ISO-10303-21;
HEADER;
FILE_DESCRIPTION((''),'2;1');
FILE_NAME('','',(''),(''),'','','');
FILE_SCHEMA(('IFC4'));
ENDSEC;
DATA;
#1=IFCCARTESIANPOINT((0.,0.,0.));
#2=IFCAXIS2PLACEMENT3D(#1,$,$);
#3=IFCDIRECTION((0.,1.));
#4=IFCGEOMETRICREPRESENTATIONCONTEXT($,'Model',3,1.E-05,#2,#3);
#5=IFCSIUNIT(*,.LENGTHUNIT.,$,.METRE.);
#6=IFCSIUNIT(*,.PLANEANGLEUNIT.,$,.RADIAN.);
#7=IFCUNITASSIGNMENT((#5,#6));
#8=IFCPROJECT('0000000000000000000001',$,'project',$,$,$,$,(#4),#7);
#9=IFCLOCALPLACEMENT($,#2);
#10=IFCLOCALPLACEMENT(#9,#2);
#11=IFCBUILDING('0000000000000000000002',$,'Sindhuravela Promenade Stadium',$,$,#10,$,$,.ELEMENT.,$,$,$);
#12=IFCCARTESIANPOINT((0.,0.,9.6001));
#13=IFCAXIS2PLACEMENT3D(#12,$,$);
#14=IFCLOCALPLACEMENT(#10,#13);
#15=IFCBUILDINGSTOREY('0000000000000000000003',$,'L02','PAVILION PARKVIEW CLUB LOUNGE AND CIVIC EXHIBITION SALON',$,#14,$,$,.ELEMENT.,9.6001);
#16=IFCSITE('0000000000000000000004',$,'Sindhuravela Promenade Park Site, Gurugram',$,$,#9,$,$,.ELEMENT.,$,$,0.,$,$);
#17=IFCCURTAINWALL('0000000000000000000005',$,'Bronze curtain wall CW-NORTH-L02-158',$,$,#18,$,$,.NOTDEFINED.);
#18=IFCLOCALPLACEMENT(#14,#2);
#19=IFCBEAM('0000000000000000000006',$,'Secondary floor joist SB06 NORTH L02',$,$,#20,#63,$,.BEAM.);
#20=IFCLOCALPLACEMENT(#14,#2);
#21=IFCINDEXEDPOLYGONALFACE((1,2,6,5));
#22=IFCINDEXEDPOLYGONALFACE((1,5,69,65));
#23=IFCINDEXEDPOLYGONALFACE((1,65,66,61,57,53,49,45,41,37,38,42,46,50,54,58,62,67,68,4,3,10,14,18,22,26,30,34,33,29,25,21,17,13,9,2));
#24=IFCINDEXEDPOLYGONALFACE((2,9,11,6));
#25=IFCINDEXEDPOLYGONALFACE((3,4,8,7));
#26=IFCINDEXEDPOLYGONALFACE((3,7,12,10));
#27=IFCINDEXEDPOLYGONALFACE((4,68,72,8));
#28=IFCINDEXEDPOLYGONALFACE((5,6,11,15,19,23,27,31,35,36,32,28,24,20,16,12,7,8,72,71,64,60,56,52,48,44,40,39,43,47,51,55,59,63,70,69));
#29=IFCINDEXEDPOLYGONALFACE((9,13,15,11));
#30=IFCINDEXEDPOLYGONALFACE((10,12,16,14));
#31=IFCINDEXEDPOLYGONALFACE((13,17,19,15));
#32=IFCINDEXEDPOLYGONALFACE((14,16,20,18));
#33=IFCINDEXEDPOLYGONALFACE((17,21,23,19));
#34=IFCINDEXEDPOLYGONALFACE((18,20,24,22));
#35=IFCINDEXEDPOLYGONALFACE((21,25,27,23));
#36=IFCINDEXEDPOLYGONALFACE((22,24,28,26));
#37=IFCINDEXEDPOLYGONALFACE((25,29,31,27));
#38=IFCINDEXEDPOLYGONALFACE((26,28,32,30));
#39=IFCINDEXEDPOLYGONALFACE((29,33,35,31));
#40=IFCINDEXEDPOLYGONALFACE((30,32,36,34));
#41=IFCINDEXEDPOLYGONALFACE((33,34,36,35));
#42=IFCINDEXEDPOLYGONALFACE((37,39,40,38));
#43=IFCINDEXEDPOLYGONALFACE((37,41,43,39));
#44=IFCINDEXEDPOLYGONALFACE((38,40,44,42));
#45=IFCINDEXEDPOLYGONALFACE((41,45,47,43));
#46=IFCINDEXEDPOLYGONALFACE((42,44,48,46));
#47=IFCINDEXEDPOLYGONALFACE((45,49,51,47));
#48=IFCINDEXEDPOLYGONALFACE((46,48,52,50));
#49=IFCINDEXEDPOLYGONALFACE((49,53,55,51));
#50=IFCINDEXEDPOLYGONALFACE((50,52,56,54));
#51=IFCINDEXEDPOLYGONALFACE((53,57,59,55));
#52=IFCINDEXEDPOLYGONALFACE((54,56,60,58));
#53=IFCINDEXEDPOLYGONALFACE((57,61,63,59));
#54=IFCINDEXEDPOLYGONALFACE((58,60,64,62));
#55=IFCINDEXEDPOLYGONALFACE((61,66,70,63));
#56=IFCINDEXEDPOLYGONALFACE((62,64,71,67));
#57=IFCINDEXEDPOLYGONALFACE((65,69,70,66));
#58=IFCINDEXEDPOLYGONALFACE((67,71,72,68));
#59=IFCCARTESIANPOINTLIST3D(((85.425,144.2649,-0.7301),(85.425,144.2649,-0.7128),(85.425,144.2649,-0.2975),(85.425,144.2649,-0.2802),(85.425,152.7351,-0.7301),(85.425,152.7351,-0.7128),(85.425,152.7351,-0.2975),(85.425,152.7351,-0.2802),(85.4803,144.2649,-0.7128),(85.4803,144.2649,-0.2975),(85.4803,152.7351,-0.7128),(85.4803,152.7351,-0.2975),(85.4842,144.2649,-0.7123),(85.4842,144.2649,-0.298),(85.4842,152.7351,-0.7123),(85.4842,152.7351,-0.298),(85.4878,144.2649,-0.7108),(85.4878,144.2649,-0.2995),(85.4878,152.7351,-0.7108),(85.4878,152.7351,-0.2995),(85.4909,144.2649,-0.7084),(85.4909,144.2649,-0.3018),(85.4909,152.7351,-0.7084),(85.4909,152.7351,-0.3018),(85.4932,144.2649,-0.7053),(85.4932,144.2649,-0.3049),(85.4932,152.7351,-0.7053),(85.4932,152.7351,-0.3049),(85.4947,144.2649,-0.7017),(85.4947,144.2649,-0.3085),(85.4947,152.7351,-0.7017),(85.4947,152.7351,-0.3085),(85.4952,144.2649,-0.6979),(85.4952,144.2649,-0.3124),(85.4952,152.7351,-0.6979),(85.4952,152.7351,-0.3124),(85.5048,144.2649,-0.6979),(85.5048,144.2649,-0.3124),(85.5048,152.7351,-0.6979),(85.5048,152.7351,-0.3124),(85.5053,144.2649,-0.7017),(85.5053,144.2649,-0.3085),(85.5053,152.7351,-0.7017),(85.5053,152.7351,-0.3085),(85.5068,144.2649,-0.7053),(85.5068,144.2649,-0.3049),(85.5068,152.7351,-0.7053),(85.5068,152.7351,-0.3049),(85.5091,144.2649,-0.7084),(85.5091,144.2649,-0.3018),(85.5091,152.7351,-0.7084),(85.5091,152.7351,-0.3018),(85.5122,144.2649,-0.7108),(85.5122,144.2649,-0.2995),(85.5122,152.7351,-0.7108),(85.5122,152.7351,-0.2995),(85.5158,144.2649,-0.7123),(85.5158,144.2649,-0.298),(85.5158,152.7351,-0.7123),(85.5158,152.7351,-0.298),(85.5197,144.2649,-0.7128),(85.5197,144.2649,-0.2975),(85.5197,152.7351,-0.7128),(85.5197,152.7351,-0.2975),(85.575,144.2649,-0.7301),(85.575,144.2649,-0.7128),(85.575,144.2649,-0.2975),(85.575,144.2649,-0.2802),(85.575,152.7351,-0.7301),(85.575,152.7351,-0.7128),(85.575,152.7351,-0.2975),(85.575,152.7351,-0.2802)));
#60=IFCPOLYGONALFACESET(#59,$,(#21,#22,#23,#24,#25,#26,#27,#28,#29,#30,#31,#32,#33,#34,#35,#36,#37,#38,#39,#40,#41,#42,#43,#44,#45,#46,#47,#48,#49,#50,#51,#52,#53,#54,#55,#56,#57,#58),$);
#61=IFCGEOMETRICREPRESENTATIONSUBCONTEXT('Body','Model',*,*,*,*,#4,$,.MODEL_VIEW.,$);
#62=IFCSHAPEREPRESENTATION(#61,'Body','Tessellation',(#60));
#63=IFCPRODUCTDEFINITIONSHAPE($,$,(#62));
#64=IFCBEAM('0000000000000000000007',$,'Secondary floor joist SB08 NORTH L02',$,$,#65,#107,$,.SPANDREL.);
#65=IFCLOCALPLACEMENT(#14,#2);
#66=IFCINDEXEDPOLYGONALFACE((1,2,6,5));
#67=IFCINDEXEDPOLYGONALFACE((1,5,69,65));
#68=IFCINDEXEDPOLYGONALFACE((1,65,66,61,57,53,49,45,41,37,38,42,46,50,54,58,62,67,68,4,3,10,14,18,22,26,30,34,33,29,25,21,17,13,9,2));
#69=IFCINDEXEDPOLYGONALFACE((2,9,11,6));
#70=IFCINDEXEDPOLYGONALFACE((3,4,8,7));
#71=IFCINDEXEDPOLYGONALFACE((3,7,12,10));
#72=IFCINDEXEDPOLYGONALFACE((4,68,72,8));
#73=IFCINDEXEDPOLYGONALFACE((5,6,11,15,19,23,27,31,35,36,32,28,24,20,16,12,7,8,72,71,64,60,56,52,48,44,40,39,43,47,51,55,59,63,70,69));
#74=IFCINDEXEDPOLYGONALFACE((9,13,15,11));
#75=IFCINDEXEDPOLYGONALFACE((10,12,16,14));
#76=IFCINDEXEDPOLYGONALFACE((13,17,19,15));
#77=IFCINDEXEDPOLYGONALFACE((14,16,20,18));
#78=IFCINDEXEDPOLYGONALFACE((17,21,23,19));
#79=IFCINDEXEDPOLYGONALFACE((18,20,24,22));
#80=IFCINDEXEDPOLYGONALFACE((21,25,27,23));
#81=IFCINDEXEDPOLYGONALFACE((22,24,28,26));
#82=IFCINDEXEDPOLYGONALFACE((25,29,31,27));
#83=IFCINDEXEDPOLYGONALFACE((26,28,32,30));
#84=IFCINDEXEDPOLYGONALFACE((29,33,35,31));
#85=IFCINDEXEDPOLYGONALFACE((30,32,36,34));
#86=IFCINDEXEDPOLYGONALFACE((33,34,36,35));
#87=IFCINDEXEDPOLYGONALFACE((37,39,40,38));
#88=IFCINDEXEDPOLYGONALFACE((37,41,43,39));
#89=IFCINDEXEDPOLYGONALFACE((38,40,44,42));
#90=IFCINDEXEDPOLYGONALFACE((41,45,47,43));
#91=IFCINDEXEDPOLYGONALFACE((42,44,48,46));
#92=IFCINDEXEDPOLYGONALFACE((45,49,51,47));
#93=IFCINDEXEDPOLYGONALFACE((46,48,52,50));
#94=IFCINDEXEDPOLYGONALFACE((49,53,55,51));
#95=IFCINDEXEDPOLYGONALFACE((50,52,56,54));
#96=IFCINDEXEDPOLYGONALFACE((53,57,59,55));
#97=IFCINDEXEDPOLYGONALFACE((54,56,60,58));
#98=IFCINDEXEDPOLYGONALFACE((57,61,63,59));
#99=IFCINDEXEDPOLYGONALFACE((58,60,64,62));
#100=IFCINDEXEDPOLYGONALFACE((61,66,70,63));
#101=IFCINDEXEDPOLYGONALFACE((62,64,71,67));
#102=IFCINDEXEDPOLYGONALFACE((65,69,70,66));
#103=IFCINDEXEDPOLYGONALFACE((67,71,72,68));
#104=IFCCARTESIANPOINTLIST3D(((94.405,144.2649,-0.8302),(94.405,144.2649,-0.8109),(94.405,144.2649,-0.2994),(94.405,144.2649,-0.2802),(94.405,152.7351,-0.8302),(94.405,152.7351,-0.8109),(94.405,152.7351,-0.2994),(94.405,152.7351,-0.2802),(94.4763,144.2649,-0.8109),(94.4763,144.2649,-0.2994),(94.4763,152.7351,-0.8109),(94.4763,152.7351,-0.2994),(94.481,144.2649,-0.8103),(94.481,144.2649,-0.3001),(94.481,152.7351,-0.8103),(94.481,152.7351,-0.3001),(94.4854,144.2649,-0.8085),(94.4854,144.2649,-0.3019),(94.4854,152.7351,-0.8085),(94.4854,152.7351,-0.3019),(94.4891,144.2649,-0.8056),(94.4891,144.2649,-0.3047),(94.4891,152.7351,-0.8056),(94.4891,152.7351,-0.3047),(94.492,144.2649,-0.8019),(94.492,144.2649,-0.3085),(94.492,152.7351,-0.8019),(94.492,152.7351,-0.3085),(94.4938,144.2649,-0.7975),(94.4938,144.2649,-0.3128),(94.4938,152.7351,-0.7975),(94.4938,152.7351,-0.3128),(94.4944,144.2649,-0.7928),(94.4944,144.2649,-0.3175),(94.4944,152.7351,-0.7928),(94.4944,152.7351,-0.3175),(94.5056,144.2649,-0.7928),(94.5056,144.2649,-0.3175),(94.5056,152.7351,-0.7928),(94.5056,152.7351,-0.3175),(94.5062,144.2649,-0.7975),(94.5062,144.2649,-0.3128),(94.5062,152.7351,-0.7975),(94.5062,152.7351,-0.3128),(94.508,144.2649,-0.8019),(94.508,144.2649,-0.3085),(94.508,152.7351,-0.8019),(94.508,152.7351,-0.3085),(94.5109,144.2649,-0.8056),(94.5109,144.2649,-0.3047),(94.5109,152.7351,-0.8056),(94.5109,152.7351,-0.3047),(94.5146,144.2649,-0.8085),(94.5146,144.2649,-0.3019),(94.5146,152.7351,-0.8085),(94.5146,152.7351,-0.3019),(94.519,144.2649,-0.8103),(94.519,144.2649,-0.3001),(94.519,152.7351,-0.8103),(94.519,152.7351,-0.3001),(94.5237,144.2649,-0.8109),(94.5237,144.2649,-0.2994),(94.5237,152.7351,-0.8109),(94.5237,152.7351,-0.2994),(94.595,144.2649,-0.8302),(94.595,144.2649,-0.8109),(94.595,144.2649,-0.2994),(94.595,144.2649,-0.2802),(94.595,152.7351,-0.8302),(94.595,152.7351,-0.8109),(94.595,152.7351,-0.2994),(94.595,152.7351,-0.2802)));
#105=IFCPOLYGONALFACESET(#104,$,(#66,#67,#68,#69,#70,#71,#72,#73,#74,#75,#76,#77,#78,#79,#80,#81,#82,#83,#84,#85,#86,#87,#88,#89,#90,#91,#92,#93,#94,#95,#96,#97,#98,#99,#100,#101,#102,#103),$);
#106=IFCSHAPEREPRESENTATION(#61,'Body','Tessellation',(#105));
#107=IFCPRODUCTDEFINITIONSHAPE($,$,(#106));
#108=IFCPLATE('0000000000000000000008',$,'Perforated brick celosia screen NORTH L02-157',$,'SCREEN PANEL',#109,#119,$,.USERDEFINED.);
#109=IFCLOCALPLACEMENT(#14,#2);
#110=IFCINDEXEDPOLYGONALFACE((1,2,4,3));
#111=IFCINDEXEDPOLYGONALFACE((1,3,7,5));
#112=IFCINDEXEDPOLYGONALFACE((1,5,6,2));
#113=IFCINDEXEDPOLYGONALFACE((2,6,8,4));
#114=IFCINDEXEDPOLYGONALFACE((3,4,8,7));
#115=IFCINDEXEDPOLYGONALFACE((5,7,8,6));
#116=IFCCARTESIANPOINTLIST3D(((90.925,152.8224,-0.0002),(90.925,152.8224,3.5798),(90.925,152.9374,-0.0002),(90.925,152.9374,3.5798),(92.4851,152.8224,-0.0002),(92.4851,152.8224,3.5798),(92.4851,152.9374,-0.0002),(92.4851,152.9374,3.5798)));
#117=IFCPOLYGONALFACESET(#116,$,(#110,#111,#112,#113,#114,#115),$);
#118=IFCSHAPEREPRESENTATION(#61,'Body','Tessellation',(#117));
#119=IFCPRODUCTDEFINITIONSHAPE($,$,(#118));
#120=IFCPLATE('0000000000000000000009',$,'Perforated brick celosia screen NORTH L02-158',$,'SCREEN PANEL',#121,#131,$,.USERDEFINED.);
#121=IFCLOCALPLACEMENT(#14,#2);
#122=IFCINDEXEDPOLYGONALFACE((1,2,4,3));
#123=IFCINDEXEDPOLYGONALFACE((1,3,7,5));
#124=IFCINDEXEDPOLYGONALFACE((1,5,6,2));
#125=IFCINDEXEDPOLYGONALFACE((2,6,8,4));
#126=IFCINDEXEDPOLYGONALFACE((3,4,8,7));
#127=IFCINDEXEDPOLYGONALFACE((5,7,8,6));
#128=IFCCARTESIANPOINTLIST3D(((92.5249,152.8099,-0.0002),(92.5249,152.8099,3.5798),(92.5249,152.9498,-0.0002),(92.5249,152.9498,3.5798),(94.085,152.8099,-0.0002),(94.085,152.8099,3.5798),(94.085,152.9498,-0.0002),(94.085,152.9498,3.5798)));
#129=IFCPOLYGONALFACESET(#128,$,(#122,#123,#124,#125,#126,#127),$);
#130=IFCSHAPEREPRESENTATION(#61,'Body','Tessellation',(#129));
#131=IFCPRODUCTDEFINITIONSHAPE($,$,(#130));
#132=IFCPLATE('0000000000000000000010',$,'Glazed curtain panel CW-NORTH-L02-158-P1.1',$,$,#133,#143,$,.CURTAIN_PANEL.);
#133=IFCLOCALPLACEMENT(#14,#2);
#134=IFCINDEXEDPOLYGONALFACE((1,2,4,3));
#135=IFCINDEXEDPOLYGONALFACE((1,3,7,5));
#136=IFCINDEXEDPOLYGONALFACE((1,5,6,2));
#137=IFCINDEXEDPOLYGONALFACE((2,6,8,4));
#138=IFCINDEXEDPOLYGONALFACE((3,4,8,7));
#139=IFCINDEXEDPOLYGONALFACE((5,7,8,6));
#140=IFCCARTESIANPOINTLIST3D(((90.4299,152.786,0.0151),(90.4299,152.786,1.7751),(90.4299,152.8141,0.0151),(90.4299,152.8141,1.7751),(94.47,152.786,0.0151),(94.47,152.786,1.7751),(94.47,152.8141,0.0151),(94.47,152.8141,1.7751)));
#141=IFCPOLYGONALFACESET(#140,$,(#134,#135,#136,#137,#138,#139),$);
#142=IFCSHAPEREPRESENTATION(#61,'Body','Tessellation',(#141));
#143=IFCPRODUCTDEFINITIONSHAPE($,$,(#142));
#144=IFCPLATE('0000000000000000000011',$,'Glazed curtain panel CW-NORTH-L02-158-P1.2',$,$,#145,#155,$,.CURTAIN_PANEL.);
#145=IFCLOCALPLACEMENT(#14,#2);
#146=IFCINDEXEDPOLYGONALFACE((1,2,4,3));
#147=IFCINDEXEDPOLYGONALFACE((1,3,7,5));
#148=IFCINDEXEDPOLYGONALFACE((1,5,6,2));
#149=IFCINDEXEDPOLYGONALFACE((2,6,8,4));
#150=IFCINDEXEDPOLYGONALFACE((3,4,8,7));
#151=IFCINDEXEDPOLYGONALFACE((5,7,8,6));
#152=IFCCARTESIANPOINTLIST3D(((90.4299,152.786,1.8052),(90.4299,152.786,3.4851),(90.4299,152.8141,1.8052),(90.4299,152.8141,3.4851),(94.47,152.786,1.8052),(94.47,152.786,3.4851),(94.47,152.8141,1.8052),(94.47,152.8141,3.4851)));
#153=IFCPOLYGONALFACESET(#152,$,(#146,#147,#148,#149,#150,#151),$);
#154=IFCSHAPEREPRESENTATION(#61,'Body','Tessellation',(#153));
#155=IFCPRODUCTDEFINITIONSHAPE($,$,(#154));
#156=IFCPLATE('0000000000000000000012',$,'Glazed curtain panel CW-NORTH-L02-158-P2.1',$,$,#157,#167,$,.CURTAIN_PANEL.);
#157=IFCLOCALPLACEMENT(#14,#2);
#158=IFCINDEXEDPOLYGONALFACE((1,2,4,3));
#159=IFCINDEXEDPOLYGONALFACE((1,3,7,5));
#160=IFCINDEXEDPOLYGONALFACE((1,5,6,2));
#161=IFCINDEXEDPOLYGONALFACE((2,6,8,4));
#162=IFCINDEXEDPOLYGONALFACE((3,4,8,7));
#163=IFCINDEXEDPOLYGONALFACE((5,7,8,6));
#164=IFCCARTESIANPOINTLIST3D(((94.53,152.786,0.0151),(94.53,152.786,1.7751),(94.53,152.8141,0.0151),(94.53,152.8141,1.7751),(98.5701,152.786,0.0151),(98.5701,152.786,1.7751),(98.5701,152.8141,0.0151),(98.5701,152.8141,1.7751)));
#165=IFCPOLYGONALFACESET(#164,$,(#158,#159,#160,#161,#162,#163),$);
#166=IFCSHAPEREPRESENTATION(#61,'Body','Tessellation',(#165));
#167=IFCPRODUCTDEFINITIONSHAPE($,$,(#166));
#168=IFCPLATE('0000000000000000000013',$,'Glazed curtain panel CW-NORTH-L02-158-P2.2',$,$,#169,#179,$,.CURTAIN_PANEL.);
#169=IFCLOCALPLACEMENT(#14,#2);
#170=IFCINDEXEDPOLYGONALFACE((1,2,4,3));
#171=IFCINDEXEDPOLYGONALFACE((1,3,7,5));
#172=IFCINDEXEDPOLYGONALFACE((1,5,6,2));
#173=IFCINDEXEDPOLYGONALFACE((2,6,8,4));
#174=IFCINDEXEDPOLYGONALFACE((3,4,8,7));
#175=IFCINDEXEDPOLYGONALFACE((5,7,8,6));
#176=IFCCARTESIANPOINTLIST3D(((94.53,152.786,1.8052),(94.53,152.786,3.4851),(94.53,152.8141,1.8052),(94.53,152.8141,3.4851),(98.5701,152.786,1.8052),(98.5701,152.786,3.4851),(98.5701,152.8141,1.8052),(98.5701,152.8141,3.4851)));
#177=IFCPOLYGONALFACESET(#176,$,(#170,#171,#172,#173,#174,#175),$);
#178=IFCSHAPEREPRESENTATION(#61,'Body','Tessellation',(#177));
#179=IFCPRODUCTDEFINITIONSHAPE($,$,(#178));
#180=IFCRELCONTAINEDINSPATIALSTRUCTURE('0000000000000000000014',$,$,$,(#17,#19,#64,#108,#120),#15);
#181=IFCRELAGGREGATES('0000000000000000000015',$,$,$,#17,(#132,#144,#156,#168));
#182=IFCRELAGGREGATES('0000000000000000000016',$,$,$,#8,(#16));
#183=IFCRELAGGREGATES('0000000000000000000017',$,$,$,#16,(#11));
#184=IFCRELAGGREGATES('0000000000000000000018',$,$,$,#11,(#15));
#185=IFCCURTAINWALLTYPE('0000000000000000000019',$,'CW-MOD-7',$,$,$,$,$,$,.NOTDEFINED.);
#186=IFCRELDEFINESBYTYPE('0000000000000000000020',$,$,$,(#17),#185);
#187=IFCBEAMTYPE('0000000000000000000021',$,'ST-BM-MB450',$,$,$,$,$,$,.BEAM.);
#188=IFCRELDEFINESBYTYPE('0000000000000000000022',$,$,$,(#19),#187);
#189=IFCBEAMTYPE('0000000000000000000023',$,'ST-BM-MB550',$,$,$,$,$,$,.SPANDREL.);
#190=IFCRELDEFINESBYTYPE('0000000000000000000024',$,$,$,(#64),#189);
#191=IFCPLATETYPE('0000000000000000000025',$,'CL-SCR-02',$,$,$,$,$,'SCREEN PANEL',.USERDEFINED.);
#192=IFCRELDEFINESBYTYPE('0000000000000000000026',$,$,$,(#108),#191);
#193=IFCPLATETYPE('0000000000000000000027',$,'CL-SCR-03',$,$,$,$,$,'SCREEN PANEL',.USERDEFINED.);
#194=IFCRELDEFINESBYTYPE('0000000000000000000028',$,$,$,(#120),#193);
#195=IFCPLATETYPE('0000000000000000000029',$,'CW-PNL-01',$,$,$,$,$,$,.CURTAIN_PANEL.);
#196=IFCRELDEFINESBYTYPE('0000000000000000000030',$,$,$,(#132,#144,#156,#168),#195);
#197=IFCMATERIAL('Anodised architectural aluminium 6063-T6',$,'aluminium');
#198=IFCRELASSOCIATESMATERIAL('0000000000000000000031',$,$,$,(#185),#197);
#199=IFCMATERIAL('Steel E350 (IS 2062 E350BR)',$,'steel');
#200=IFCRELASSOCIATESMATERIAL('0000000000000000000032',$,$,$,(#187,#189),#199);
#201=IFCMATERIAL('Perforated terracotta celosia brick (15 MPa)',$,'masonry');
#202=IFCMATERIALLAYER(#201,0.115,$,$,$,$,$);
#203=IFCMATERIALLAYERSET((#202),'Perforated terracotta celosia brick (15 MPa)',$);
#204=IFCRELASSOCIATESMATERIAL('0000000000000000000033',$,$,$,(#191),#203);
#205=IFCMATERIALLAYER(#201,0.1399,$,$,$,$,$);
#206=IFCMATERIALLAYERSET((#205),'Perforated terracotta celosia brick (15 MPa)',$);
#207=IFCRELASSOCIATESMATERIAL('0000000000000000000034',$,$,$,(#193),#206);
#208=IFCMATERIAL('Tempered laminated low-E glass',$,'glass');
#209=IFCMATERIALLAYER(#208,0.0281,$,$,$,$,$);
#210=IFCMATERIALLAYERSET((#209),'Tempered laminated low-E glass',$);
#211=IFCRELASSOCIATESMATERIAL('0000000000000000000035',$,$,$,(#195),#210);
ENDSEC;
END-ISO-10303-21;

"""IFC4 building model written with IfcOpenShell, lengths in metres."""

from ifc_helpers import new_model, si_unit, direction, frame, origin, origin_2d, place, context, subcontext, project, spatial, rectangle, i_section, extrude, material, layer, layer_set, material_profile, profile_set, type_object, element, aggregate, save


model = new_model("IFC4")

# Units and contexts
model_context = context("Model", 3, precision=1e-05, world=origin(), true_north=direction((0.0, 1.0)))
body_context = subcontext(model_context, "Body", "Model", "MODEL_VIEW")
ifc_project = project(units=[si_unit("LENGTHUNIT", "METRE"), si_unit("PLANEANGLEUNIT", "RADIAN")], contexts=[model_context])

# Site, building, storey
site_placement = place(None, origin())
site = spatial("IfcSite", under=ifc_project, at=site_placement, Name="Sindhuravela Promenade Park Site, Gurugram", CompositionType="ELEMENT", RefElevation=0.0)
building_placement = place(site_placement, origin())
building = spatial("IfcBuilding", under=site, at=building_placement, Name="Sindhuravela Promenade Stadium", CompositionType="ELEMENT")
storey_placement = place(building_placement, frame((0.0, 0.0, 9.6001)))
storey = spatial("IfcBuildingStorey", under=building, at=storey_placement, Name="L02", Description="PAVILION PARKVIEW CLUB LOUNGE AND CIVIC EXHIBITION SALON", CompositionType="ELEMENT", Elevation=9.6001)

# Curtain wall
ifc_material_1 = material(Name="Anodised architectural aluminium 6063-T6", Category="aluminium")
curtain_wall_type_1 = type_object("IfcCurtainWallType", Name="CW-MOD-7", PredefinedType="NOTDEFINED", material=ifc_material_1)
curtain_wall_1_placement = place(storey_placement, origin())
curtain_wall_1 = element("IfcCurtainWall", 1, at=curtain_wall_1_placement, inside=storey, type_object=curtain_wall_type_1, Name="Bronze curtain wall CW-NORTH-L02-158", PredefinedType="NOTDEFINED")

# Beams
ifc_material_2 = material(Name="Steel E350 (IS 2062 E350BR)", Category="steel")
ifc_material_profile_1 = material_profile(ifc_material_2, i_section(OverallWidth=0.1499, OverallDepth=0.45, WebThickness=0.0095, FlangeThickness=0.0173, FilletRadius=0.0149, at=origin_2d()), Name="ISMB 450")
ifc_profile_set_1 = profile_set([ifc_material_profile_1], Name="Steel E350 (IS 2062 E350BR)")
beam_type_1 = type_object("IfcBeamType", Name="ST-BM-MB450", PredefinedType="BEAM", material=ifc_profile_set_1)
for number, where, z_axis, x_axis, name in (
    (2, (85.5, 144.2649, -0.5051), (0.0, 1.0, 0.0), (-1.0, 0.0, 0.0), "Secondary floor joist SB06 NORTH L02"),
):
    element("IfcBeam", number, at=place(storey_placement, frame(where, z_axis=z_axis, x_axis=x_axis)), inside=storey, type_object=beam_type_1, Name=name, PredefinedType="BEAM", context=body_context, shape_type="SweptSolid", body=[
        extrude(i_section(OverallWidth=0.1499, OverallDepth=0.45, WebThickness=0.0095, FlangeThickness=0.0173, FilletRadius=0.0149, at=origin_2d()), origin(), (0.0, 0.0, 1.0), 8.4702),
    ])
ifc_material_profile_2 = material_profile(ifc_material_2, i_section(OverallWidth=0.1899, OverallDepth=0.55, WebThickness=0.0112, FlangeThickness=0.0193, FilletRadius=0.0181, at=origin_2d()), Name="ISMB 550")
ifc_profile_set_2 = profile_set([ifc_material_profile_2], Name="Steel E350 (IS 2062 E350BR)")
beam_type_2 = type_object("IfcBeamType", Name="ST-BM-MB550", PredefinedType="SPANDREL", material=ifc_profile_set_2)
beam_1_placement = place(storey_placement, frame((94.5, 144.2649, -0.5552), z_axis=(0.0, 1.0, 0.0), x_axis=(-1.0, 0.0, 0.0)))
element("IfcBeam", 3, at=beam_1_placement, inside=storey, type_object=beam_type_2, Name="Secondary floor joist SB08 NORTH L02", PredefinedType="SPANDREL", context=body_context, shape_type="SweptSolid", body=[
    extrude(i_section(OverallWidth=0.1899, OverallDepth=0.55, WebThickness=0.0112, FlangeThickness=0.0193, FilletRadius=0.0181, at=origin_2d()), origin(), (0.0, 0.0, 1.0), 8.4702),
])

# Plates
ifc_material_3 = material(Name="Perforated terracotta celosia brick (15 MPa)", Category="masonry")
ifc_layer_1 = layer(ifc_material_3, 0.115)
ifc_layer_set_1 = layer_set([ifc_layer_1], Name="Perforated terracotta celosia brick (15 MPa)")
plate_type_1 = type_object("IfcPlateType", Name="CL-SCR-02", ElementType="SCREEN PANEL", PredefinedType="USERDEFINED", material=ifc_layer_set_1)
plate_1_placement = place(storey_placement, frame((91.7051, 152.8799, -0.0002), z_axis=(0.0, 0.0, 1.0), x_axis=(1.0, 0.0, 0.0)))
element("IfcPlate", 4, at=plate_1_placement, inside=storey, type_object=plate_type_1, Name="Perforated brick celosia screen NORTH L02-157", ObjectType="SCREEN PANEL", PredefinedType="USERDEFINED", context=body_context, shape_type="SweptSolid", body=[
    extrude(rectangle(XDim=1.5601, YDim=0.115, at=origin_2d()), origin(), (0.0, 0.0, 1.0), 3.5801),
])
ifc_layer_2 = layer(ifc_material_3, 0.1399)
ifc_layer_set_2 = layer_set([ifc_layer_2], Name="Perforated terracotta celosia brick (15 MPa)")
plate_type_2 = type_object("IfcPlateType", Name="CL-SCR-03", ElementType="SCREEN PANEL", PredefinedType="USERDEFINED", material=ifc_layer_set_2)
plate_2_placement = place(storey_placement, frame((93.3049, 152.8799, -0.0002), z_axis=(0.0, 0.0, 1.0), x_axis=(1.0, 0.0, 0.0)))
element("IfcPlate", 5, at=plate_2_placement, inside=storey, type_object=plate_type_2, Name="Perforated brick celosia screen NORTH L02-158", ObjectType="SCREEN PANEL", PredefinedType="USERDEFINED", context=body_context, shape_type="SweptSolid", body=[
    extrude(rectangle(XDim=1.5601, YDim=0.1399, at=origin_2d()), origin(), (0.0, 0.0, 1.0), 3.5801),
])

# Plates
ifc_material_4 = material(Name="Tempered laminated low-E glass", Category="glass")
ifc_layer_3 = layer(ifc_material_4, 0.0281)
ifc_layer_set_3 = layer_set([ifc_layer_3], Name="Tempered laminated low-E glass")
plate_type_3 = type_object("IfcPlateType", Name="CW-PNL-01", PredefinedType="CURTAIN_PANEL", material=ifc_layer_set_3)
plate_3_placement = place(storey_placement, frame((92.45, 152.8, 0.0151), z_axis=(0.0, 0.0, 1.0), x_axis=(1.0, 0.0, 0.0)))
plate_3 = element("IfcPlate", 6, at=plate_3_placement, type_object=plate_type_3, Name="Glazed curtain panel CW-NORTH-L02-158-P1.1", PredefinedType="CURTAIN_PANEL", context=body_context, shape_type="SweptSolid", body=[
    extrude(rectangle(XDim=4.04, YDim=0.0281, at=origin_2d()), origin(), (0.0, 0.0, 1.0), 1.76),
])
plate_4_placement = place(storey_placement, frame((92.45, 152.8, 1.8052), z_axis=(0.0, 0.0, 1.0), x_axis=(1.0, 0.0, 0.0)))
plate_4 = element("IfcPlate", 7, at=plate_4_placement, type_object=plate_type_3, Name="Glazed curtain panel CW-NORTH-L02-158-P1.2", PredefinedType="CURTAIN_PANEL", context=body_context, shape_type="SweptSolid", body=[
    extrude(rectangle(XDim=4.04, YDim=0.0281, at=origin_2d()), origin(), (0.0, 0.0, 1.0), 1.6799),
])
plate_5_placement = place(storey_placement, frame((96.55, 152.8, 0.0151), z_axis=(0.0, 0.0, 1.0), x_axis=(1.0, 0.0, 0.0)))
plate_5 = element("IfcPlate", 8, at=plate_5_placement, type_object=plate_type_3, Name="Glazed curtain panel CW-NORTH-L02-158-P2.1", PredefinedType="CURTAIN_PANEL", context=body_context, shape_type="SweptSolid", body=[
    extrude(rectangle(XDim=4.04, YDim=0.0281, at=origin_2d()), origin(), (0.0, 0.0, 1.0), 1.76),
])
plate_6_placement = place(storey_placement, frame((96.55, 152.8, 1.8052), z_axis=(0.0, 0.0, 1.0), x_axis=(1.0, 0.0, 0.0)))
plate_6 = element("IfcPlate", 9, at=plate_6_placement, type_object=plate_type_3, Name="Glazed curtain panel CW-NORTH-L02-158-P2.2", PredefinedType="CURTAIN_PANEL", context=body_context, shape_type="SweptSolid", body=[
    extrude(rectangle(XDim=4.04, YDim=0.0281, at=origin_2d()), origin(), (0.0, 0.0, 1.0), 1.6799),
])
aggregate(curtain_wall_1, [plate_3, plate_4, plate_5, plate_6])

save(model, "model.ifc")
